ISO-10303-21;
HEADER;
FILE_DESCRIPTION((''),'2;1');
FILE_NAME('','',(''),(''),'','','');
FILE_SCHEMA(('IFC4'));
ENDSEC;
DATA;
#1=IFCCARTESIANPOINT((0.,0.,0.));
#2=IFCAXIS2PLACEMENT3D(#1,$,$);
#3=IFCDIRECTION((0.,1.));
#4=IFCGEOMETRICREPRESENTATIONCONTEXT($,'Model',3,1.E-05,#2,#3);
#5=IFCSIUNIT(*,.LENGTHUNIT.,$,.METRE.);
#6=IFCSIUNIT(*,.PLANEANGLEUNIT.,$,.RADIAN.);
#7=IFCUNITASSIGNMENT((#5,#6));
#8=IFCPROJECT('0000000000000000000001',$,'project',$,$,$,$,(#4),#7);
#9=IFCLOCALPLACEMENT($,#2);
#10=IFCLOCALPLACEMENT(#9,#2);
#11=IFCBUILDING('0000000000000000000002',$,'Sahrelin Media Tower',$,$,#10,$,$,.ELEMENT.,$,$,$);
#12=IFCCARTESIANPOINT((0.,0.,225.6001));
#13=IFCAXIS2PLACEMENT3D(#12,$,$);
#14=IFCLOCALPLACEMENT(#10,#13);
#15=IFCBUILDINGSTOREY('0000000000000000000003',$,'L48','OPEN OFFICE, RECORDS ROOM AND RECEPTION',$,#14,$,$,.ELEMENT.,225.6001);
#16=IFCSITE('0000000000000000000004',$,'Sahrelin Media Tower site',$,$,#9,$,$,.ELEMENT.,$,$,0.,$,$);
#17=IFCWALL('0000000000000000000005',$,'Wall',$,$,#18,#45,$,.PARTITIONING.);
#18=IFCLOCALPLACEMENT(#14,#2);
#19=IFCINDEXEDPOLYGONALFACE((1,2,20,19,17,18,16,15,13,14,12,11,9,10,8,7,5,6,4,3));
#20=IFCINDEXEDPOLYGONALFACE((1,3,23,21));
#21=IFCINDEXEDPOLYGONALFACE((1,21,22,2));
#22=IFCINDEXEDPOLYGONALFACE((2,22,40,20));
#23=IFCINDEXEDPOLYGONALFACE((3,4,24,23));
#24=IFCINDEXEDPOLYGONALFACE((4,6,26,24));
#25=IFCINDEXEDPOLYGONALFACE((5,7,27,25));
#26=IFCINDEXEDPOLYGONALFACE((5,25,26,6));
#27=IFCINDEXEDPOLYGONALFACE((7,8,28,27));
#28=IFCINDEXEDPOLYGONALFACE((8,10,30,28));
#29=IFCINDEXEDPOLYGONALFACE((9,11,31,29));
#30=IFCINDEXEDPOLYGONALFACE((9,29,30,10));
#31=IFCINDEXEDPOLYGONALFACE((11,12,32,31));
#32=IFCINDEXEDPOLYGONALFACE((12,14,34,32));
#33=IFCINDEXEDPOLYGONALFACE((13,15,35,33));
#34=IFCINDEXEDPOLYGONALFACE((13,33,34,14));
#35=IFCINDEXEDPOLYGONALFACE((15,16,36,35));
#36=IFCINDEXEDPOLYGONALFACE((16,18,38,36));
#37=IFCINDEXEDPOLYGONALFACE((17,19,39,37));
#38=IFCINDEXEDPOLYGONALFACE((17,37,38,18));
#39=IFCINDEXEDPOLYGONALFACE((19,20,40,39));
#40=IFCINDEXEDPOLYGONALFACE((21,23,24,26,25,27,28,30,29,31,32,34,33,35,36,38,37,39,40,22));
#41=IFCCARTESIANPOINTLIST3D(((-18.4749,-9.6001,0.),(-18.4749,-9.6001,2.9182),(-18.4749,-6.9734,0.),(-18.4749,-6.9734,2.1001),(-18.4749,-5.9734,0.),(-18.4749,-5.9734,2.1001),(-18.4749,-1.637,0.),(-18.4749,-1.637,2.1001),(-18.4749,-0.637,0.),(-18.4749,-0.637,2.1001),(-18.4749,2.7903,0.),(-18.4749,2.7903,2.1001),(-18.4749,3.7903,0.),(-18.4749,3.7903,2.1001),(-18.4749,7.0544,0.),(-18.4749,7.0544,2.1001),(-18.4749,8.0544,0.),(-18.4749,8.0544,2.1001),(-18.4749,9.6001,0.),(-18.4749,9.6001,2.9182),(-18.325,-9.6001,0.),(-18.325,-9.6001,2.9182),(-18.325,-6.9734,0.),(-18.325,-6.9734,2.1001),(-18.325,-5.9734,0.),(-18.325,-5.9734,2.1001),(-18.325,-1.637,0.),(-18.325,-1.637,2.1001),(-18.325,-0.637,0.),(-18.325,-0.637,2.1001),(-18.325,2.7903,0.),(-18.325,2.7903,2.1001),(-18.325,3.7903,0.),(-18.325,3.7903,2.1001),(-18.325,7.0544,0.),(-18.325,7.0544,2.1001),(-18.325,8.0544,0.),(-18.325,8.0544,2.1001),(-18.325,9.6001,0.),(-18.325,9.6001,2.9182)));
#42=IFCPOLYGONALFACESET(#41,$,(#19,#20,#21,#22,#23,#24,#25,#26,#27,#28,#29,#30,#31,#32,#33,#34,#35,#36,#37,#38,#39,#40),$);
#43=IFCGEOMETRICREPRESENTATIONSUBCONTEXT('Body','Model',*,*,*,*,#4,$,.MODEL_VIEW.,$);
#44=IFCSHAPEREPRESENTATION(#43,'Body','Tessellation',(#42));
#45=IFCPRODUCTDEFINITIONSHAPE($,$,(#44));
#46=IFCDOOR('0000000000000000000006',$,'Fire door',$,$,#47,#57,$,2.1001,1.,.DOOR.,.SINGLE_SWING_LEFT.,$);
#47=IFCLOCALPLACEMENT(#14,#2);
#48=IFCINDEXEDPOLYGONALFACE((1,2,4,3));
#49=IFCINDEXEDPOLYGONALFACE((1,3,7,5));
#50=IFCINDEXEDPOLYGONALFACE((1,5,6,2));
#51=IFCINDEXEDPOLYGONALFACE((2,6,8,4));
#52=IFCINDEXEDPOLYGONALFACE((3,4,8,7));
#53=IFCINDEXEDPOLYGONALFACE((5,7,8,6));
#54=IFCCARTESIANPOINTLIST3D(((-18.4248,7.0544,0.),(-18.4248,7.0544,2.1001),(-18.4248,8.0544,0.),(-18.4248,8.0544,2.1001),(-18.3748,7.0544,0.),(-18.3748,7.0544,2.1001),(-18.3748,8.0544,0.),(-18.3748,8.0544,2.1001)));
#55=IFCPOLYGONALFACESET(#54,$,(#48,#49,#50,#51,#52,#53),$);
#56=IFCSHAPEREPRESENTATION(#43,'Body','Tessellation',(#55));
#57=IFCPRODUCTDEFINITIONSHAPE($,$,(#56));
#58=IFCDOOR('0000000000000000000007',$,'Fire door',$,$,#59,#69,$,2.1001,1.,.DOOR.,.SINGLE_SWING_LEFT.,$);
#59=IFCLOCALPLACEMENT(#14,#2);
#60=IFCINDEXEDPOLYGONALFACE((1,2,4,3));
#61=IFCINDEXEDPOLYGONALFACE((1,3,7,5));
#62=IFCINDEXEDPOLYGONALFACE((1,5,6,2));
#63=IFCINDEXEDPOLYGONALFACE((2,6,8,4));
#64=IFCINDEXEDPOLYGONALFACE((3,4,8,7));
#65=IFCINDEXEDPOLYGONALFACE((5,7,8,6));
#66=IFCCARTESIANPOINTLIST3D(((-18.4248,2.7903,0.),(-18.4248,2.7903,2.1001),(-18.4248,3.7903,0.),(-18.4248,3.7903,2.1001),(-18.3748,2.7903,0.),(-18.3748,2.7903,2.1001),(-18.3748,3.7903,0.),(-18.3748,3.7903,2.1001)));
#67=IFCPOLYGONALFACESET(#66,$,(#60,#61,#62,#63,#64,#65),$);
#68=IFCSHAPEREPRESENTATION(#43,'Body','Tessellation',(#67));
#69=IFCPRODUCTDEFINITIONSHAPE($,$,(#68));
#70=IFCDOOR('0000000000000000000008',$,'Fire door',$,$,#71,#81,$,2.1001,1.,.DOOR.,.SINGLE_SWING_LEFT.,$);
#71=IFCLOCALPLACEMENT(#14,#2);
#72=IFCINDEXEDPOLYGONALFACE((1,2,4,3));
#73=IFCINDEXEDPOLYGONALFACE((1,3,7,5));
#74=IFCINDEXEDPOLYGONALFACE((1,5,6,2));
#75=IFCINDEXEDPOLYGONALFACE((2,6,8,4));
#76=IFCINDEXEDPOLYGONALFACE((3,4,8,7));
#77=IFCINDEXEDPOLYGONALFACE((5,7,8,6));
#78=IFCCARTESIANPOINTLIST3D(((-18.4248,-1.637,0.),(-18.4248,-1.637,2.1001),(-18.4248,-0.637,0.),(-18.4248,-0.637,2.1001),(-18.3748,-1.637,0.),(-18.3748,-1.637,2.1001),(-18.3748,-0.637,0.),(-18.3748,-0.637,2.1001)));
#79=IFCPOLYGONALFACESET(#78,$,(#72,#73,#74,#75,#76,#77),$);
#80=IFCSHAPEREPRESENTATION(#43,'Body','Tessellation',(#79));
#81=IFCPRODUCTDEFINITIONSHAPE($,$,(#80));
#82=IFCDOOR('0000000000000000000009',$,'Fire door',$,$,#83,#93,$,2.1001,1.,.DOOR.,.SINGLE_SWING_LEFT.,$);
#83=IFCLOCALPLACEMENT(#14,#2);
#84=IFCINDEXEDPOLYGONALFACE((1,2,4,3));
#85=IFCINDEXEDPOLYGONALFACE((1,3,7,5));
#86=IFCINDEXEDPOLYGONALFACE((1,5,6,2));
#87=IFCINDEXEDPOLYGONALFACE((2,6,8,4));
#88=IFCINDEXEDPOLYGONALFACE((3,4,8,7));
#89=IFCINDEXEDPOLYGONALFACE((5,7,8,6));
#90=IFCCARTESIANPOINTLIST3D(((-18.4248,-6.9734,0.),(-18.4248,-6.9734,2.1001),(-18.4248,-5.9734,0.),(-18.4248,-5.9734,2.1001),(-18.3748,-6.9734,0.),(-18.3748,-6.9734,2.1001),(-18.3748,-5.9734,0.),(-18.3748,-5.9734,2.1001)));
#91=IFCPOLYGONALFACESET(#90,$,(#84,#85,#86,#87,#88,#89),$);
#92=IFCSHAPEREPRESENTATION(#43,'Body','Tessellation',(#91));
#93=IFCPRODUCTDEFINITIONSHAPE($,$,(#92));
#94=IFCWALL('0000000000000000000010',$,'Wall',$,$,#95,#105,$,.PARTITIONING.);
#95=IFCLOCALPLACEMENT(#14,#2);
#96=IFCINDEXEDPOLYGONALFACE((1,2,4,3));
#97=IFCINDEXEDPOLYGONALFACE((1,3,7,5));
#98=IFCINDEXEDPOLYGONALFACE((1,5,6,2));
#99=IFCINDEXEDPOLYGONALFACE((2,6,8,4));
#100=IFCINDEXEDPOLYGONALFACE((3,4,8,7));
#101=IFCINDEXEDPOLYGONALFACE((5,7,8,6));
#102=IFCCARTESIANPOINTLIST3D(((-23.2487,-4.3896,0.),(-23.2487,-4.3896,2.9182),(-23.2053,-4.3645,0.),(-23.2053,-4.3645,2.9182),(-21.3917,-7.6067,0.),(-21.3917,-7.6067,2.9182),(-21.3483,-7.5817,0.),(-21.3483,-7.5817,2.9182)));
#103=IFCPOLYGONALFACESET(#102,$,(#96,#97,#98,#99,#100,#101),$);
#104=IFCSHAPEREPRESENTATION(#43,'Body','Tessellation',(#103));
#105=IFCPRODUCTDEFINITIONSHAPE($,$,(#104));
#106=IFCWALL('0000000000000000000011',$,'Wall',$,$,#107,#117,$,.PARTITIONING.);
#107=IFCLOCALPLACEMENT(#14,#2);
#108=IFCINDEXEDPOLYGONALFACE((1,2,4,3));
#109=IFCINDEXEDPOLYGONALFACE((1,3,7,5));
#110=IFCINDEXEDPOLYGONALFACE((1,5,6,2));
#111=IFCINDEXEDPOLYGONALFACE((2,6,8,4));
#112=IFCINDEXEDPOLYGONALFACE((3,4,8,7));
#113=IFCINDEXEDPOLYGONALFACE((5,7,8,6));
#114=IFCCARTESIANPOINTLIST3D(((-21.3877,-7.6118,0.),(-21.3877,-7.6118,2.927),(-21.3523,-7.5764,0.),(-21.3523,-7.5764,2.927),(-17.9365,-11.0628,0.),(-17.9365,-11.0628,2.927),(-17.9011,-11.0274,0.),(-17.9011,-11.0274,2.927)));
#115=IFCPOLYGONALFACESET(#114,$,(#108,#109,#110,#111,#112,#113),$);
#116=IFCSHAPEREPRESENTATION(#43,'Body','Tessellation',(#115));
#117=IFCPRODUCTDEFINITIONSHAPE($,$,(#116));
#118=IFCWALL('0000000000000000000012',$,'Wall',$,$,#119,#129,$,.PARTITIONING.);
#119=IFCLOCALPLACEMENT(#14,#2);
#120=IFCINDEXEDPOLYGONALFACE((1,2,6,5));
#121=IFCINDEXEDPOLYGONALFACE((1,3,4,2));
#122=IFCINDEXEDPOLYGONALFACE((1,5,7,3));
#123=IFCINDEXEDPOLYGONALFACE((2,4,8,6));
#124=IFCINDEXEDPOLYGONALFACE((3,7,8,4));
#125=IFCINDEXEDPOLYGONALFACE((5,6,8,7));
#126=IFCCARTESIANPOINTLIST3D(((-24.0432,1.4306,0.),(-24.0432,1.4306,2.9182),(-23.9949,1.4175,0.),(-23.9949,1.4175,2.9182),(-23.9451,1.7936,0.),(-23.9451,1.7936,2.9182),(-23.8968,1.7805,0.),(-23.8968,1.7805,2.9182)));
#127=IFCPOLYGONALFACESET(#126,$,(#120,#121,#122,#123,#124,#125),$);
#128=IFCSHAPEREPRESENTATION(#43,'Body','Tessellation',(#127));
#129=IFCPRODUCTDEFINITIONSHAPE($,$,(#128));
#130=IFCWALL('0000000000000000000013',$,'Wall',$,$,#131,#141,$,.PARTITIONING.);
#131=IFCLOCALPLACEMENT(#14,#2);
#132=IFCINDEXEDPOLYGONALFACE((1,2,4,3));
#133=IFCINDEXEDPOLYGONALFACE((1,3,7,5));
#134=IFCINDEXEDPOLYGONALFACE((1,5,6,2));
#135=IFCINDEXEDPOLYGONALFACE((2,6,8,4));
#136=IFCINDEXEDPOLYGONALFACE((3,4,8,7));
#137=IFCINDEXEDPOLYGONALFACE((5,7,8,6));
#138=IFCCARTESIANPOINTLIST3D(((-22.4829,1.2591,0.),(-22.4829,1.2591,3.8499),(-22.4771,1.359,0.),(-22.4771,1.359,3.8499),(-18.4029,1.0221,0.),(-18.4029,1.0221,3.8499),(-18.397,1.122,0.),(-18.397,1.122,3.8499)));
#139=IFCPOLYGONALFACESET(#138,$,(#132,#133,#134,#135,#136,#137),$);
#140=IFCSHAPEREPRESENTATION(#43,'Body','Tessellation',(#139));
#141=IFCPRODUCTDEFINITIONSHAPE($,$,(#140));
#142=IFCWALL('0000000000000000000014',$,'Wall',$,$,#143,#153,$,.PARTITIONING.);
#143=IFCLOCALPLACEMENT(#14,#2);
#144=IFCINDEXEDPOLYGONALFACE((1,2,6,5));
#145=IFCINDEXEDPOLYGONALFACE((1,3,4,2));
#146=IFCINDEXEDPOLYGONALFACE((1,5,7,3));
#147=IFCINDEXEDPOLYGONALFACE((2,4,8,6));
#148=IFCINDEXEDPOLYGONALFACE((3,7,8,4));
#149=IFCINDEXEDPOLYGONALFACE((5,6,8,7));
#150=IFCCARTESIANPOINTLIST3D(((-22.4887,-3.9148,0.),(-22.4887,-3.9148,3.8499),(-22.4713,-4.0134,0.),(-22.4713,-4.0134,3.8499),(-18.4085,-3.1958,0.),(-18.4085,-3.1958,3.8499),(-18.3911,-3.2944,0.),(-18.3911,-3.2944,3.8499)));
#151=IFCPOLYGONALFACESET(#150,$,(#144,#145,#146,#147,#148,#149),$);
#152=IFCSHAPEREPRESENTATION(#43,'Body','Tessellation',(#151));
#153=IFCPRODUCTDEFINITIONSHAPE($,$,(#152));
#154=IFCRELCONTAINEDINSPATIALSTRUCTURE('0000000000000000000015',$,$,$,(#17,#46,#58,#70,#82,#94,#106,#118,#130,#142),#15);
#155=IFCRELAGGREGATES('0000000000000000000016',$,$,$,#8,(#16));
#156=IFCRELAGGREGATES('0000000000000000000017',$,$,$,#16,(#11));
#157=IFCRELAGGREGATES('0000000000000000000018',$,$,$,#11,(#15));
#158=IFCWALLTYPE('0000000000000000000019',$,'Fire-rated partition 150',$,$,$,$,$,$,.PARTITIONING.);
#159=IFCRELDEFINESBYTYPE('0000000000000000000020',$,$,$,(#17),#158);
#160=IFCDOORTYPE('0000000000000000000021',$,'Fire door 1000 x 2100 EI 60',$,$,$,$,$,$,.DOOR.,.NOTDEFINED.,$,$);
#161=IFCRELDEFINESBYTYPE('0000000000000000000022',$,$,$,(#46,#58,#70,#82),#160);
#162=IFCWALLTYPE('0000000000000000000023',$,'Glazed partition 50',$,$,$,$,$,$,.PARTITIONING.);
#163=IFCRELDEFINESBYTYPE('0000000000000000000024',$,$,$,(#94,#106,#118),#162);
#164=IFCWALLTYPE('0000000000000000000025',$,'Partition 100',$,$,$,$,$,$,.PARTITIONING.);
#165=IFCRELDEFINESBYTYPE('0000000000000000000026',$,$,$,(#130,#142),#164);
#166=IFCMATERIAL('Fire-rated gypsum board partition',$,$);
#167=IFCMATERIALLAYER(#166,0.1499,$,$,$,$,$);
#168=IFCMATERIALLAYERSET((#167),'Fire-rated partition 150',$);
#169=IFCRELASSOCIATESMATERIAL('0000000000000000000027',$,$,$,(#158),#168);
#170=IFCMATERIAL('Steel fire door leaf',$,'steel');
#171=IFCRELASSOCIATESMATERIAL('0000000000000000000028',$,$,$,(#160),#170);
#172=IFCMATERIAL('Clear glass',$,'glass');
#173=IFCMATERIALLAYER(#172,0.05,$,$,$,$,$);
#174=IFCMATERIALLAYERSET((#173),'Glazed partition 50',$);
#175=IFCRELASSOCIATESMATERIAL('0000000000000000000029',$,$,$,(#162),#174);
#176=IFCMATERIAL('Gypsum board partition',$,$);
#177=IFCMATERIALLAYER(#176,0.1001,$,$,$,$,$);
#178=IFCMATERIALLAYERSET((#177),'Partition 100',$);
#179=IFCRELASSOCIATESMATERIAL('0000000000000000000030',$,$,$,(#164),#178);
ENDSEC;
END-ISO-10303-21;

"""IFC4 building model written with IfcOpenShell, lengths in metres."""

from ifc_helpers import new_model, si_unit, direction, frame, frame_2d, origin, place, context, subcontext, project, spatial, rectangle, extrude, material, layer, layer_set, type_object, element, fill, save


model = new_model("IFC4")

# Units and contexts
model_context = context("Model", 3, precision=1e-05, world=origin(), true_north=direction((0.0, 1.0)))
body_context = subcontext(model_context, "Body", "Model", "MODEL_VIEW")
ifc_project = project(units=[si_unit("LENGTHUNIT", "METRE"), si_unit("PLANEANGLEUNIT", "RADIAN")], contexts=[model_context])

# Site, building, storey
site_placement = place(None, origin())
site = spatial("IfcSite", under=ifc_project, at=site_placement, Name="Sahrelin Media Tower site", CompositionType="ELEMENT", RefElevation=0.0)
building_placement = place(site_placement, origin())
building = spatial("IfcBuilding", under=site, at=building_placement, Name="Sahrelin Media Tower", CompositionType="ELEMENT")
storey_placement = place(building_placement, frame((0.0, 0.0, 225.6001)))
storey = spatial("IfcBuildingStorey", under=building, at=storey_placement, Name="L48", Description="OPEN OFFICE, RECORDS ROOM AND RECEPTION", CompositionType="ELEMENT", Elevation=225.6001)

# Shared definitions
ifc_material_1 = material(Name="Fire-rated gypsum board partition")
ifc_layer_1 = layer(ifc_material_1, 0.1499)
ifc_layer_set_1 = layer_set([ifc_layer_1], Name="Fire-rated partition 150")
wall_type_1 = type_object("IfcWallType", Name="Fire-rated partition 150", PredefinedType="PARTITIONING", material=ifc_layer_set_1)

# Wall, openings, doors
ifc_material_2 = material(Name="Steel fire door leaf", Category="steel")
door_type_1 = type_object("IfcDoorType", Name="Fire door 1000 x 2100 EI 60", OperationType="NOTDEFINED", PredefinedType="DOOR", material=ifc_material_2)
wall_1_placement = place(storey_placement, frame((-18.3999, -9.6001, 0.0), z_axis=(0.0, 0.0, 1.0), x_axis=(0.0, 1.0, 0.0)))
wall_1 = element("IfcWall", 1, at=wall_1_placement, inside=storey, type_object=wall_type_1, Name="Wall", PredefinedType="PARTITIONING", context=body_context, shape_type="SweptSolid", body=[
    extrude(rectangle(XDim=19.2002, YDim=0.1499, at=frame_2d((9.6001, 0.0))), origin(), (0.0, 0.0, 1.0), 2.9182),
])
opening_1_placement = place(wall_1_placement, frame((16.6545, 0.0, 0.0)))
opening_1 = element("IfcOpeningElement", 2, at=opening_1_placement, cuts=wall_1, PredefinedType="OPENING", context=body_context, shape_type="SweptSolid", body=[
    extrude(rectangle(XDim=1.0, YDim=2.1001, at=frame_2d((0.5, 1.05))), frame((0.0, 0.075, 0.0), z_axis=(0.0, -1.0, 0.0), x_axis=(1.0, 0.0, 0.0)), (0.0, 0.0, 1.0), 0.1499),
])
opening_2_placement = place(wall_1_placement, frame((12.3904, 0.0, 0.0)))
opening_2 = element("IfcOpeningElement", 3, at=opening_2_placement, cuts=wall_1, PredefinedType="OPENING", context=body_context, shape_type="SweptSolid", body=[
    extrude(rectangle(XDim=1.0, YDim=2.1001, at=frame_2d((0.5, 1.05))), frame((0.0, 0.075, 0.0), z_axis=(0.0, -1.0, 0.0), x_axis=(1.0, 0.0, 0.0)), (0.0, 0.0, 1.0), 0.1499),
])
opening_3_placement = place(wall_1_placement, frame((7.9631, 0.0, 0.0)))
opening_3 = element("IfcOpeningElement", 4, at=opening_3_placement, cuts=wall_1, PredefinedType="OPENING", context=body_context, shape_type="SweptSolid", body=[
    extrude(rectangle(XDim=1.0, YDim=2.1001, at=frame_2d((0.5, 1.05))), frame((0.0, 0.075, 0.0), z_axis=(0.0, -1.0, 0.0), x_axis=(1.0, 0.0, 0.0)), (0.0, 0.0, 1.0), 0.1499),
])
opening_4_placement = place(wall_1_placement, frame((2.6267, 0.0, 0.0)))
opening_4 = element("IfcOpeningElement", 5, at=opening_4_placement, cuts=wall_1, PredefinedType="OPENING", context=body_context, shape_type="SweptSolid", body=[
    extrude(rectangle(XDim=1.0, YDim=2.1001, at=frame_2d((0.5, 1.05))), frame((0.0, 0.075, 0.0), z_axis=(0.0, -1.0, 0.0), x_axis=(1.0, 0.0, 0.0)), (0.0, 0.0, 1.0), 0.1499),
])
door_1_placement = place(opening_1_placement, origin())
door_1 = element("IfcDoor", 6, at=door_1_placement, inside=storey, type_object=door_type_1, Name="Fire door", OperationType="SINGLE_SWING_LEFT", OverallHeight=2.1001, OverallWidth=1.0, PredefinedType="DOOR", context=body_context, shape_type="SweptSolid", body=[
    extrude(rectangle(XDim=1.0, YDim=2.1001, at=frame_2d((0.5, 1.05))), frame((0.0, 0.0249, 0.0), z_axis=(0.0, -1.0, 0.0), x_axis=(1.0, 0.0, 0.0)), (0.0, 0.0, 1.0), 0.05),
])
fill(opening_1, door_1)
door_2_placement = place(opening_2_placement, origin())
door_2 = element("IfcDoor", 7, at=door_2_placement, inside=storey, type_object=door_type_1, Name="Fire door", OperationType="SINGLE_SWING_LEFT", OverallHeight=2.1001, OverallWidth=1.0, PredefinedType="DOOR", context=body_context, shape_type="SweptSolid", body=[
    extrude(rectangle(XDim=1.0, YDim=2.1001, at=frame_2d((0.5, 1.05))), frame((0.0, 0.0249, 0.0), z_axis=(0.0, -1.0, 0.0), x_axis=(1.0, 0.0, 0.0)), (0.0, 0.0, 1.0), 0.05),
])
fill(opening_2, door_2)
door_3_placement = place(opening_3_placement, origin())
door_3 = element("IfcDoor", 8, at=door_3_placement, inside=storey, type_object=door_type_1, Name="Fire door", OperationType="SINGLE_SWING_LEFT", OverallHeight=2.1001, OverallWidth=1.0, PredefinedType="DOOR", context=body_context, shape_type="SweptSolid", body=[
    extrude(rectangle(XDim=1.0, YDim=2.1001, at=frame_2d((0.5, 1.05))), frame((0.0, 0.0249, 0.0), z_axis=(0.0, -1.0, 0.0), x_axis=(1.0, 0.0, 0.0)), (0.0, 0.0, 1.0), 0.05),
])
fill(opening_3, door_3)
door_4_placement = place(opening_4_placement, origin())
door_4 = element("IfcDoor", 9, at=door_4_placement, inside=storey, type_object=door_type_1, Name="Fire door", OperationType="SINGLE_SWING_LEFT", OverallHeight=2.1001, OverallWidth=1.0, PredefinedType="DOOR", context=body_context, shape_type="SweptSolid", body=[
    extrude(rectangle(XDim=1.0, YDim=2.1001, at=frame_2d((0.5, 1.05))), frame((0.0, 0.0249, 0.0), z_axis=(0.0, -1.0, 0.0), x_axis=(1.0, 0.0, 0.0)), (0.0, 0.0, 1.0), 0.05),
])
fill(opening_4, door_4)

# Walls
ifc_material_3 = material(Name="Clear glass", Category="glass")
ifc_layer_2 = layer(ifc_material_3, 0.05)
ifc_layer_set_2 = layer_set([ifc_layer_2], Name="Glazed partition 50")
wall_type_2 = type_object("IfcWallType", Name="Glazed partition 50", PredefinedType="PARTITIONING", material=ifc_layer_set_2)
wall_2_placement = place(storey_placement, frame((-23.2271, -4.377, 0.0), z_axis=(0.0, 0.0, 1.0), x_axis=(0.499914, -0.866075, 0.0)))
element("IfcWall", 10, at=wall_2_placement, inside=storey, type_object=wall_type_2, Name="Wall", PredefinedType="PARTITIONING", context=body_context, shape_type="SweptSolid", body=[
    extrude(rectangle(XDim=3.7146, YDim=0.05, at=frame_2d((1.8574, 0.0))), origin(), (0.0, 0.0, 1.0), 2.9182),
])
wall_3_placement = place(storey_placement, frame((-21.3701, -7.594, 0.0), z_axis=(0.0, 0.0, 1.0), x_axis=(0.707132, -0.707082, 0.0)))
element("IfcWall", 11, at=wall_3_placement, inside=storey, type_object=wall_type_2, Name="Wall", PredefinedType="PARTITIONING", context=body_context, shape_type="SweptSolid", body=[
    extrude(rectangle(XDim=4.8806, YDim=0.05, at=frame_2d((2.4404, 0.0))), origin(), (0.0, 0.0, 1.0), 2.927),
])
wall_4_placement = place(storey_placement, frame((-24.019, 1.4241, 0.0), z_axis=(0.0, 0.0, 1.0), x_axis=(0.260974, 0.965346, 0.0)))
element("IfcWall", 12, at=wall_4_placement, inside=storey, type_object=wall_type_2, Name="Wall", PredefinedType="PARTITIONING", context=body_context, shape_type="SweptSolid", body=[
    extrude(rectangle(XDim=0.376, YDim=0.05, at=frame_2d((0.188, 0.0))), origin(), (0.0, 0.0, 1.0), 2.9182),
])
ifc_material_4 = material(Name="Gypsum board partition")
ifc_layer_3 = layer(ifc_material_4, 0.1001)
ifc_layer_set_3 = layer_set([ifc_layer_3], Name="Partition 100")
wall_type_3 = type_object("IfcWallType", Name="Partition 100", PredefinedType="PARTITIONING", material=ifc_layer_set_3)
wall_5_placement = place(storey_placement, frame((-22.48, 1.3091, 0.0), z_axis=(0.0, 0.0, 1.0), x_axis=(0.998316, -0.058004, 0.0)))
element("IfcWall", 13, at=wall_5_placement, inside=storey, type_object=wall_type_3, Name="Wall", PredefinedType="PARTITIONING", context=body_context, shape_type="SweptSolid", body=[
    extrude(rectangle(XDim=4.0869, YDim=0.1001, at=frame_2d((2.0435, 0.0))), origin(), (0.0, 0.0, 1.0), 3.8499),
])
wall_6_placement = place(storey_placement, frame((-22.48, -3.9641, 0.0), z_axis=(0.0, 0.0, 1.0), x_axis=(0.984826, 0.173547, 0.0)))
element("IfcWall", 14, at=wall_6_placement, inside=storey, type_object=wall_type_3, Name="Wall", PredefinedType="PARTITIONING", context=body_context, shape_type="SweptSolid", body=[
    extrude(rectangle(XDim=4.1431, YDim=0.1001, at=frame_2d((2.0715, 0.0))), origin(), (0.0, 0.0, 1.0), 3.8499),
])

save(model, "model.ifc")
